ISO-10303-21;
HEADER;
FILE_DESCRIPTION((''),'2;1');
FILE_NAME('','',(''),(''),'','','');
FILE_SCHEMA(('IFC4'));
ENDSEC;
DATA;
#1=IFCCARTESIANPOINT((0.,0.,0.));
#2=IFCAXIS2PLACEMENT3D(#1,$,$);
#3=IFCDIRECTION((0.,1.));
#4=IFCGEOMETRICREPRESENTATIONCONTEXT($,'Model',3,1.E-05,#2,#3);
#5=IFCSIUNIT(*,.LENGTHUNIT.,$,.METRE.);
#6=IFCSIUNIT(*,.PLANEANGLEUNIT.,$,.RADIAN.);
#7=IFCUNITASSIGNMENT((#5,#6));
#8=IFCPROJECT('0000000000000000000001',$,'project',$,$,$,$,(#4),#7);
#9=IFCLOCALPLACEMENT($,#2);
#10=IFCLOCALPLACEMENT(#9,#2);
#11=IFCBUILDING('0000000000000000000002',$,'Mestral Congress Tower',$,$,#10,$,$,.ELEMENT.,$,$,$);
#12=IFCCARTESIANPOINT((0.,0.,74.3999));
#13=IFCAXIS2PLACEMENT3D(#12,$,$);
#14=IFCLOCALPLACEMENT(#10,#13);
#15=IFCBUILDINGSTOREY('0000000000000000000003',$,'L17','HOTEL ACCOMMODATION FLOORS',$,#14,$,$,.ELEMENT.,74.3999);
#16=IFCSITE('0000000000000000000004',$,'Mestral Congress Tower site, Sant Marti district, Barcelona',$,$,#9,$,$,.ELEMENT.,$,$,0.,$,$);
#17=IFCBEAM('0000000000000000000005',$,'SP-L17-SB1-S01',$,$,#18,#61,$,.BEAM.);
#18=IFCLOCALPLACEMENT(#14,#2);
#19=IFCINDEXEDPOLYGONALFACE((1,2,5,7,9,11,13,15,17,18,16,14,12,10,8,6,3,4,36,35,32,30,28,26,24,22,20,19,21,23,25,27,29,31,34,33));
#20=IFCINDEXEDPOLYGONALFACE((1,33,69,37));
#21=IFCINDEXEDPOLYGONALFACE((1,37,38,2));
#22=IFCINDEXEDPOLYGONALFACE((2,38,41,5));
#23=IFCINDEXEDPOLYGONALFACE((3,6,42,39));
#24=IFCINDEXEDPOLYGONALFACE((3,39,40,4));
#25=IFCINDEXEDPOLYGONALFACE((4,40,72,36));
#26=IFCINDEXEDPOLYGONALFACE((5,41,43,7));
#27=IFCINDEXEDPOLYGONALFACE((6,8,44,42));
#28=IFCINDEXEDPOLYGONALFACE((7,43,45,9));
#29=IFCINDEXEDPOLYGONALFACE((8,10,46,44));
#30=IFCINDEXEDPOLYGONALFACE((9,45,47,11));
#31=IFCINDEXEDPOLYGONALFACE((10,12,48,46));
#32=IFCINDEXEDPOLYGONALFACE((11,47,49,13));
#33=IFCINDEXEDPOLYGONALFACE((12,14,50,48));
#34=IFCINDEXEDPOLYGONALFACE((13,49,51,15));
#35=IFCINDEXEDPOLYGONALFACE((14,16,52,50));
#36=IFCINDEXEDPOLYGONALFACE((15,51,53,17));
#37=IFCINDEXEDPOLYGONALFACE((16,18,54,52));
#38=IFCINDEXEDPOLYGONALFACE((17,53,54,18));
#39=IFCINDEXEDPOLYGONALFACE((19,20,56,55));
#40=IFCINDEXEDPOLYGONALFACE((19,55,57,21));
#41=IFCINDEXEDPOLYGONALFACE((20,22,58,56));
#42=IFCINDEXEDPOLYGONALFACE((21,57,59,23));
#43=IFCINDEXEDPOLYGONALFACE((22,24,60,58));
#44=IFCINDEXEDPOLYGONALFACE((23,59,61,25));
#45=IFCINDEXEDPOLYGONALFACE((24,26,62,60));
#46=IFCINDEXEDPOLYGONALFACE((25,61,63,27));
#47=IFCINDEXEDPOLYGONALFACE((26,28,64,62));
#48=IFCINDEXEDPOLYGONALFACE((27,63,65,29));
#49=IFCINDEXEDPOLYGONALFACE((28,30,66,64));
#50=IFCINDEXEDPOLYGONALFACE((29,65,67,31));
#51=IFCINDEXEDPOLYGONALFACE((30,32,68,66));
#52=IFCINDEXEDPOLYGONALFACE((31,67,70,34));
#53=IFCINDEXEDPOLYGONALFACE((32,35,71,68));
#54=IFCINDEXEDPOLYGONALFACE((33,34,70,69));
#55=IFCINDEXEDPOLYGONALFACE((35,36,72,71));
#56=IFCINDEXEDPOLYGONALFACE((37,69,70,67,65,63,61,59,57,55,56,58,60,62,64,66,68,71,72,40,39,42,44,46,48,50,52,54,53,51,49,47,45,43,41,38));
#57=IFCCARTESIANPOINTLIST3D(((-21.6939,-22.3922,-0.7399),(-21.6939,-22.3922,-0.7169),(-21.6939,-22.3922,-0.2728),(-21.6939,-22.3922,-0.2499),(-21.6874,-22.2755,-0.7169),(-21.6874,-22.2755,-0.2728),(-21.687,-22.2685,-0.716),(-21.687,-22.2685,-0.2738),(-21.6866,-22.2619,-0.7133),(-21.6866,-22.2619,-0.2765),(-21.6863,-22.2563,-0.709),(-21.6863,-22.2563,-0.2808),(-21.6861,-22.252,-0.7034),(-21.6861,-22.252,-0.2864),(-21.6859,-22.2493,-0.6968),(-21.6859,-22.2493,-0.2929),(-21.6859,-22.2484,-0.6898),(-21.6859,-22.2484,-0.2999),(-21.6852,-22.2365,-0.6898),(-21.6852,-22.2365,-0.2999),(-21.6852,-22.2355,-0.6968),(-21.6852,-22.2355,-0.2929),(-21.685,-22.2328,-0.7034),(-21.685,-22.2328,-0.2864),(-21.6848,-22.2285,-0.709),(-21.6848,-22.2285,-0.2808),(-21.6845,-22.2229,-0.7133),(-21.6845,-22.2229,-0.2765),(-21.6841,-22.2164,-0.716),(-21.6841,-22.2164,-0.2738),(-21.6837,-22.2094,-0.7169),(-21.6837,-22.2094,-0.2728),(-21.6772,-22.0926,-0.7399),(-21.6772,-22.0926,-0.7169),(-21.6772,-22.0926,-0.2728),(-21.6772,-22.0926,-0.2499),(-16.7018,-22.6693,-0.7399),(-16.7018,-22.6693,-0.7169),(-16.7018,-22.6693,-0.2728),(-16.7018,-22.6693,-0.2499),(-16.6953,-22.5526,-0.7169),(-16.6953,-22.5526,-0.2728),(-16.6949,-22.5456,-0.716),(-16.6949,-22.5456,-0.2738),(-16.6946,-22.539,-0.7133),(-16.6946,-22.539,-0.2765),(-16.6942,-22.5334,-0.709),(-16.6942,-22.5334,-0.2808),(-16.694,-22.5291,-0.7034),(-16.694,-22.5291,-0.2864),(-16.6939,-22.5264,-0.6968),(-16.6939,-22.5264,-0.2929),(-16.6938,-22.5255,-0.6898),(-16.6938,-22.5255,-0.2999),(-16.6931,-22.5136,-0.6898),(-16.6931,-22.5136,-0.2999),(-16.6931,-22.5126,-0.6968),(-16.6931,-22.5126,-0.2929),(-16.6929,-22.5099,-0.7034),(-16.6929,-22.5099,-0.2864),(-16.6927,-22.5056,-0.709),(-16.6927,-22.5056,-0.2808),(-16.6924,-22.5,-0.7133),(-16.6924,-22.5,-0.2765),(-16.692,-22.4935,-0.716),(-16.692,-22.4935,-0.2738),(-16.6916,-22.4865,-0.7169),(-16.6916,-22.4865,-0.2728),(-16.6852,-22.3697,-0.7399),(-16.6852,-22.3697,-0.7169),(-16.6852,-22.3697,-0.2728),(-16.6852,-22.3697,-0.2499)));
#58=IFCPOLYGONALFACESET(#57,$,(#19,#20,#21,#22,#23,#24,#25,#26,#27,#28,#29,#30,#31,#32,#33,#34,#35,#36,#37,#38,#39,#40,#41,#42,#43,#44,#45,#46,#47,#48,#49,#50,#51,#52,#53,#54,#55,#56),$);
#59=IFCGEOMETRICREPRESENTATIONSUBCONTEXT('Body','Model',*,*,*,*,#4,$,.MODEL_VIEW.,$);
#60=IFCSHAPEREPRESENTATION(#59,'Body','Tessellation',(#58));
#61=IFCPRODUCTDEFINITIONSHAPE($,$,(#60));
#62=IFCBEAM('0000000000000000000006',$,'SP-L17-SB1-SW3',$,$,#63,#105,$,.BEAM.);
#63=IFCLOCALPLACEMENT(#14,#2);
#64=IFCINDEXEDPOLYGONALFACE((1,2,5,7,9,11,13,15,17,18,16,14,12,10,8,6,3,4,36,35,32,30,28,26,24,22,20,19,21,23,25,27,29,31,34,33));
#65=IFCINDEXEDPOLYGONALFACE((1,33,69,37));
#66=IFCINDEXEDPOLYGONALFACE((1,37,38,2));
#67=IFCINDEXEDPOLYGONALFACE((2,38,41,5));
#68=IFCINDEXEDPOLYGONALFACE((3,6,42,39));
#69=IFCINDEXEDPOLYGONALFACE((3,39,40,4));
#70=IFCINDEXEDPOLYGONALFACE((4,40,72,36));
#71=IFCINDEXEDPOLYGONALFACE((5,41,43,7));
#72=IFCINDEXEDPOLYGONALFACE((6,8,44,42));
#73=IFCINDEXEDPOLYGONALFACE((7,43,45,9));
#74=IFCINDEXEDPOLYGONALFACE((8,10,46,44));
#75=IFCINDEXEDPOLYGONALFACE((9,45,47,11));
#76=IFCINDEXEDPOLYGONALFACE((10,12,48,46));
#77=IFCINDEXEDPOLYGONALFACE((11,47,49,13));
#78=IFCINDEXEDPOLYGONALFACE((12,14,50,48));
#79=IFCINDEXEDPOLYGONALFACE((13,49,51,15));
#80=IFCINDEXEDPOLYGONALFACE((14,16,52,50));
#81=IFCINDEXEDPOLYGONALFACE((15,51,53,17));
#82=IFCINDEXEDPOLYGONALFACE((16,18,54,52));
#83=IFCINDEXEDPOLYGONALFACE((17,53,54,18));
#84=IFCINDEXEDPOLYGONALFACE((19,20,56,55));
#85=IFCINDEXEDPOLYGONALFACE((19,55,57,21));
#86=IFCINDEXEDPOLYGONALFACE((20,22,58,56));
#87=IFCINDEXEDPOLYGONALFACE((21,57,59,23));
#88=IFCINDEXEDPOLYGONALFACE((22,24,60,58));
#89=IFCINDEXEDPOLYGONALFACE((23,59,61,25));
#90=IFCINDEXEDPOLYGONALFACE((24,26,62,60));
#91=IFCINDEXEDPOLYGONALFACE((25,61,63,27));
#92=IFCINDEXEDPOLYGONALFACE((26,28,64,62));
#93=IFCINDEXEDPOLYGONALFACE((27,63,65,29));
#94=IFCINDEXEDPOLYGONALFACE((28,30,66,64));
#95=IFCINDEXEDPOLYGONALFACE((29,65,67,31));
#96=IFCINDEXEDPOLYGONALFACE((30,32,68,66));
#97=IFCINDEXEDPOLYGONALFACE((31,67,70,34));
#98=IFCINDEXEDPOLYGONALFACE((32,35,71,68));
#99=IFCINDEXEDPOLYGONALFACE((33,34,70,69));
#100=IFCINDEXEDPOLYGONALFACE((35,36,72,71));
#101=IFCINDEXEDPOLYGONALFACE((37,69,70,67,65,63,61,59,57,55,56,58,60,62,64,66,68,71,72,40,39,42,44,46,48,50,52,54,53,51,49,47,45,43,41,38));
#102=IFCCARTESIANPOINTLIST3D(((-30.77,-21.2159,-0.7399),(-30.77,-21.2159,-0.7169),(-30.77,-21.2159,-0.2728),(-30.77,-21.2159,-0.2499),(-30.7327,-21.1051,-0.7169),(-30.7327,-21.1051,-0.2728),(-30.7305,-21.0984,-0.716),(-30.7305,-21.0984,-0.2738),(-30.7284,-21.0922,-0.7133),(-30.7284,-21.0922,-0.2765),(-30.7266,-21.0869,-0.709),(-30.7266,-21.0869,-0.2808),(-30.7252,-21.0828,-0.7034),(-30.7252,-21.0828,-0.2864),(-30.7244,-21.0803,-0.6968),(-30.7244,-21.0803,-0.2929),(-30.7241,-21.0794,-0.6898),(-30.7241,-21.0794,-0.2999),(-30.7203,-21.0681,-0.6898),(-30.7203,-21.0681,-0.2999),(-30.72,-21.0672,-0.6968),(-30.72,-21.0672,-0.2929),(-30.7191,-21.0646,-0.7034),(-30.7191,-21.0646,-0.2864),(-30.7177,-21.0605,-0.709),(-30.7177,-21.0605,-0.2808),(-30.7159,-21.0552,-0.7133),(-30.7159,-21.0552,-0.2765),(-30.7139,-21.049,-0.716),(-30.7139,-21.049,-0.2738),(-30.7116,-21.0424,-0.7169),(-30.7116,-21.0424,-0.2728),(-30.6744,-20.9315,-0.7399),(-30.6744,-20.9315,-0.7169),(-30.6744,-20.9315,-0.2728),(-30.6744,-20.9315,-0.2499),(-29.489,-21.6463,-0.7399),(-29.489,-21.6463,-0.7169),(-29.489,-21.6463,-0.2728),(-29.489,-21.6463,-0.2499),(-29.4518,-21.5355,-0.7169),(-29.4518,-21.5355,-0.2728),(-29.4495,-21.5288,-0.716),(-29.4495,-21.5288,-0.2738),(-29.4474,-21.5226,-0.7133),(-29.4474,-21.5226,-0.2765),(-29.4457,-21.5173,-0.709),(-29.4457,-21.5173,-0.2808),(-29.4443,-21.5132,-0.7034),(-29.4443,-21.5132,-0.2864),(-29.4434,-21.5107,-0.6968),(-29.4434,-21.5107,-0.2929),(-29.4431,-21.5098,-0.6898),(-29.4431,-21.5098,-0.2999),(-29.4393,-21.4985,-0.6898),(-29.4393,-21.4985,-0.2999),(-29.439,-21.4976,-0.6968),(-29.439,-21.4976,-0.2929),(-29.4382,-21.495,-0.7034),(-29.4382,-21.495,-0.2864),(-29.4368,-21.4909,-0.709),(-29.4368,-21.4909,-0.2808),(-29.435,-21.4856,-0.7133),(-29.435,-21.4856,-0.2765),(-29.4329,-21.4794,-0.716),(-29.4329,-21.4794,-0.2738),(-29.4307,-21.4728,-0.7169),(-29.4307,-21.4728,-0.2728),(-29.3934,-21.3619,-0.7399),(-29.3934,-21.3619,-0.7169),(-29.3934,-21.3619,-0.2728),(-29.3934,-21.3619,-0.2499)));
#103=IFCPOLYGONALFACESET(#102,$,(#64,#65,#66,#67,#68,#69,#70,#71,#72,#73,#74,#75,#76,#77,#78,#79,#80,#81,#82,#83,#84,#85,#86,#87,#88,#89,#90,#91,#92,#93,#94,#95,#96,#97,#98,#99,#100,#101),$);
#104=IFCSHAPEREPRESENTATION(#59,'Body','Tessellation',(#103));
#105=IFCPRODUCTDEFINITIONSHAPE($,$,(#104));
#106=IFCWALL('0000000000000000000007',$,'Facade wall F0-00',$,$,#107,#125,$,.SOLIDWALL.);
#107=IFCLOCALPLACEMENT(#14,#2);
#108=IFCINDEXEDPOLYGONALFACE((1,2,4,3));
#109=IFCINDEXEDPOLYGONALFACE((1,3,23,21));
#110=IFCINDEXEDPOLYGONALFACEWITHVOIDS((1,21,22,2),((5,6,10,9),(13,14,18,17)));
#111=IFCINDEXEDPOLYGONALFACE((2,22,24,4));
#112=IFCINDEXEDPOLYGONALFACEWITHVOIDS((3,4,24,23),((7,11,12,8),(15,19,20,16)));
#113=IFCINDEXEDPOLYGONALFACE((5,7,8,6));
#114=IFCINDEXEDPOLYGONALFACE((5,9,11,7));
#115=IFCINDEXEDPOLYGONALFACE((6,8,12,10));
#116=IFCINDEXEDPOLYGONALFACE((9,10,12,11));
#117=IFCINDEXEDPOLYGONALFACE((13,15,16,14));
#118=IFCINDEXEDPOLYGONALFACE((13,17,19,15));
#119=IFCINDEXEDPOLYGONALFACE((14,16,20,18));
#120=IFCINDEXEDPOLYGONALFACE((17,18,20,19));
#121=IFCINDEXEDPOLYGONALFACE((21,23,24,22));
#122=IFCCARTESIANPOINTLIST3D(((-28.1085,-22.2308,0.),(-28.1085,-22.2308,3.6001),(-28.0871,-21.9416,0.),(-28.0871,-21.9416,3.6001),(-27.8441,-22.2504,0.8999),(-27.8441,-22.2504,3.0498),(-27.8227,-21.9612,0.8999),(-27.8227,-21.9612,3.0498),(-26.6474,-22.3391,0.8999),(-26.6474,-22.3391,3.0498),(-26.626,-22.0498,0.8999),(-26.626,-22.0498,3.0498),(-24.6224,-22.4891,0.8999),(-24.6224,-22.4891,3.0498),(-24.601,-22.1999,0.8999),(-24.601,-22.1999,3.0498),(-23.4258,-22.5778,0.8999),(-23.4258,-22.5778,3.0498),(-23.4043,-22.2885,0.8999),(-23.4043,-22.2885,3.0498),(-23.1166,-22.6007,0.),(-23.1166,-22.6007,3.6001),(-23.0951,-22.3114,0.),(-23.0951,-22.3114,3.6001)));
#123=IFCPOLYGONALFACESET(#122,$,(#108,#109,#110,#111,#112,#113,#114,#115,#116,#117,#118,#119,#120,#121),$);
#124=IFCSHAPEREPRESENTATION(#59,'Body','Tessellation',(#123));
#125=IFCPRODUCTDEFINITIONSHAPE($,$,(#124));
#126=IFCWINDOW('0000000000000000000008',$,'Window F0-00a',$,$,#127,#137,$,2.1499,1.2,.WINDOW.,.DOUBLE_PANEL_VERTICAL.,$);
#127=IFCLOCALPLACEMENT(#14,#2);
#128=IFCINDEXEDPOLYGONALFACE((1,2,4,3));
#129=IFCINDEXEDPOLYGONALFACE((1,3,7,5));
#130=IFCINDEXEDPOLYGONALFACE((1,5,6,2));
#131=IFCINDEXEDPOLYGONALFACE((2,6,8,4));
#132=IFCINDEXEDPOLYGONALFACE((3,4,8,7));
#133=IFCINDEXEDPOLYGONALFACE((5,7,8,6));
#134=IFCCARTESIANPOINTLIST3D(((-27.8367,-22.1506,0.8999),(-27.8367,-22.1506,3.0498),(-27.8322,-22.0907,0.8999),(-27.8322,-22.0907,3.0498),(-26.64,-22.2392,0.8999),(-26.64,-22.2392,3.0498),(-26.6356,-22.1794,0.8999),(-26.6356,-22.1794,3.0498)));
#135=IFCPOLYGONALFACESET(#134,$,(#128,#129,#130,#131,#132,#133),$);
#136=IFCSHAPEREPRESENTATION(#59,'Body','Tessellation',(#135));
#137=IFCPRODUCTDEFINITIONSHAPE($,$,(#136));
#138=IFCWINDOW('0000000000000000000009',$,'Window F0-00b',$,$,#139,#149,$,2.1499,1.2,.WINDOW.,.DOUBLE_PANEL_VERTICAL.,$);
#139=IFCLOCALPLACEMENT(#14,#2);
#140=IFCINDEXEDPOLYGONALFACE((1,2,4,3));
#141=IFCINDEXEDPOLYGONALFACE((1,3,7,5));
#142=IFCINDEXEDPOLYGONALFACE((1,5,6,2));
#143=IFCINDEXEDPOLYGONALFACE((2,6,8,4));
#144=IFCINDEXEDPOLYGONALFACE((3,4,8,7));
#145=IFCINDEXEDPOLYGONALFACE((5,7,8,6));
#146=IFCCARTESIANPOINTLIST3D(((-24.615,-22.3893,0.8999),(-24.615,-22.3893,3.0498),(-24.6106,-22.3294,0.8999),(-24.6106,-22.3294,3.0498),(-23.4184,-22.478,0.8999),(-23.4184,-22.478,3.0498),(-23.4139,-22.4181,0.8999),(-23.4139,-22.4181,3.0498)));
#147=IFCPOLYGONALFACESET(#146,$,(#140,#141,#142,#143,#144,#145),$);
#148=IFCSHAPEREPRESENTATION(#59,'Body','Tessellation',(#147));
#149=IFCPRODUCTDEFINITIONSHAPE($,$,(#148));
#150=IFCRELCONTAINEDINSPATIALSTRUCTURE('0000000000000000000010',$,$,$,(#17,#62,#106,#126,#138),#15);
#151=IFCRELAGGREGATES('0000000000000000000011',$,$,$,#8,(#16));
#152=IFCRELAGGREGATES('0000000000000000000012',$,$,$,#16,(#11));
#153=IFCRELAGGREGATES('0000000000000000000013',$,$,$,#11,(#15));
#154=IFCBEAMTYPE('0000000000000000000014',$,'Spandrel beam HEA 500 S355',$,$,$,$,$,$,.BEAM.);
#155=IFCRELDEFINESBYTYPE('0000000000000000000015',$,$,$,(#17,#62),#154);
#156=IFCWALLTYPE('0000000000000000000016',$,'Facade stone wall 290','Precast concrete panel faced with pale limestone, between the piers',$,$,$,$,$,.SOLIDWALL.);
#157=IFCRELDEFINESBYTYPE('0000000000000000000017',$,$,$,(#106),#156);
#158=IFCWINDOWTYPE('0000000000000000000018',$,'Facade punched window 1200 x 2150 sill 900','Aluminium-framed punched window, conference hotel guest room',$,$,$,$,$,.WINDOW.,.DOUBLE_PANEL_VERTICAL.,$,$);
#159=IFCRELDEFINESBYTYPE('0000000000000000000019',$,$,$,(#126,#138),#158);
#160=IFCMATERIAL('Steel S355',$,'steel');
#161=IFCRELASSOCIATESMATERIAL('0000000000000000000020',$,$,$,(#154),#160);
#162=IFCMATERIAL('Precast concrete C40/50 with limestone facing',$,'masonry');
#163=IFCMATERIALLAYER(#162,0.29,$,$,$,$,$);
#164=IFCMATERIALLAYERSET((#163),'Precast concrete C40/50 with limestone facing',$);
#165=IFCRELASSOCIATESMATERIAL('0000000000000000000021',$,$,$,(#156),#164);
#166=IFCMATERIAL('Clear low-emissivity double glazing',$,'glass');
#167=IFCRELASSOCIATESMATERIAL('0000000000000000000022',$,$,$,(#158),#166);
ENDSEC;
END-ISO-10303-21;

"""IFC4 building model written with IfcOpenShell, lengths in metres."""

from ifc_helpers import new_model, si_unit, direction, frame, frame_2d, origin, origin_2d, place, context, subcontext, project, spatial, rectangle, i_section, extrude, material, layer, layer_set, material_profile, profile_set, type_object, element, fill, save


model = new_model("IFC4")

# Units and contexts
model_context = context("Model", 3, precision=1e-05, world=origin(), true_north=direction((0.0, 1.0)))
body_context = subcontext(model_context, "Body", "Model", "MODEL_VIEW")
ifc_project = project(units=[si_unit("LENGTHUNIT", "METRE"), si_unit("PLANEANGLEUNIT", "RADIAN")], contexts=[model_context])

# Site, building, storey
site_placement = place(None, origin())
site = spatial("IfcSite", under=ifc_project, at=site_placement, Name="Mestral Congress Tower site, Sant Marti district, Barcelona", CompositionType="ELEMENT", RefElevation=0.0)
building_placement = place(site_placement, origin())
building = spatial("IfcBuilding", under=site, at=building_placement, Name="Mestral Congress Tower", CompositionType="ELEMENT")
storey_placement = place(building_placement, frame((0.0, 0.0, 74.3999)))
storey = spatial("IfcBuildingStorey", under=building, at=storey_placement, Name="L17", Description="HOTEL ACCOMMODATION FLOORS", CompositionType="ELEMENT", Elevation=74.3999)

# Beams
ifc_material_1 = material(Name="Steel S355", Category="steel")
ifc_material_profile_1 = material_profile(ifc_material_1, i_section(OverallWidth=0.3, OverallDepth=0.49, WebThickness=0.012, FlangeThickness=0.0229, FilletRadius=0.0271, at=origin_2d()), Name="HEA 500")
ifc_profile_set_1 = profile_set([ifc_material_profile_1], Name="Steel S355")
beam_type_1 = type_object("IfcBeamType", Name="Spandrel beam HEA 500 S355", PredefinedType="BEAM", material=ifc_profile_set_1)
beam_1_placement = place(storey_placement, frame((-21.6855, -22.2424, -0.4949), z_axis=(0.998463, -0.055421, 0.0), x_axis=(0.055421, 0.998463, 0.0)))
element("IfcBeam", 1, at=beam_1_placement, inside=storey, type_object=beam_type_1, Name="SP-L17-SB1-S01", PredefinedType="BEAM", context=body_context, shape_type="SweptSolid", body=[
    extrude(i_section(OverallWidth=0.3, OverallDepth=0.49, WebThickness=0.012, FlangeThickness=0.0229, FilletRadius=0.0271, at=origin_2d()), origin(), (0.0, 0.0, 1.0), 4.9998),
])
beam_2_placement = place(storey_placement, frame((-30.7222, -21.0737, -0.4949), z_axis=(0.947922, -0.318503, 0.0), x_axis=(0.318503, 0.947922, 0.0)))
element("IfcBeam", 2, at=beam_2_placement, inside=storey, type_object=beam_type_1, Name="SP-L17-SB1-SW3", PredefinedType="BEAM", context=body_context, shape_type="SweptSolid", body=[
    extrude(i_section(OverallWidth=0.3, OverallDepth=0.49, WebThickness=0.012, FlangeThickness=0.0229, FilletRadius=0.0271, at=origin_2d()), origin(), (0.0, 0.0, 1.0), 1.3513),
])

# Wall, openings, windows
ifc_material_2 = material(Name="Precast concrete C40/50 with limestone facing", Category="masonry")
ifc_layer_1 = layer(ifc_material_2, 0.29)
ifc_layer_set_1 = layer_set([ifc_layer_1], Name="Precast concrete C40/50 with limestone facing")
wall_type_1 = type_object("IfcWallType", Name="Facade stone wall 290", Description="Precast concrete panel faced with pale limestone, between the piers", PredefinedType="SOLIDWALL", material=ifc_layer_set_1)
wall_1_placement = place(storey_placement, frame((-28.0979, -22.0862, 0.0), z_axis=(0.0, 0.0, 1.0), x_axis=(0.997266, -0.073891, 0.0)))
wall_1 = element("IfcWall", 3, at=wall_1_placement, inside=storey, type_object=wall_type_1, Name="Facade wall F0-00", PredefinedType="SOLIDWALL", context=body_context, shape_type="SweptSolid", body=[
    extrude(rectangle(XDim=5.0056, YDim=0.29, at=frame_2d((2.5029, 0.0))), origin(), (0.0, 0.0, 1.0), 3.6001),
])
opening_1_placement = place(wall_1_placement, frame((0.2651, 0.0, 0.8999)))
opening_1 = element("IfcOpeningElement", 4, at=opening_1_placement, cuts=wall_1, PredefinedType="OPENING", context=body_context, shape_type="SweptSolid", body=[
    extrude(rectangle(XDim=1.2, YDim=2.1499, at=frame_2d((0.6001, 1.075))), frame((0.0, 0.155, 0.0), z_axis=(0.0, -1.0, 0.0), x_axis=(1.0, 0.0, 0.0)), (0.0, 0.0, 1.0), 0.3101),
])
opening_2_placement = place(wall_1_placement, frame((3.4956, 0.0, 0.8999)))
opening_2 = element("IfcOpeningElement", 5, at=opening_2_placement, cuts=wall_1, PredefinedType="OPENING", context=body_context, shape_type="SweptSolid", body=[
    extrude(rectangle(XDim=1.2, YDim=2.1499, at=frame_2d((0.6001, 1.075))), frame((0.0, 0.155, 0.0), z_axis=(0.0, -1.0, 0.0), x_axis=(1.0, 0.0, 0.0)), (0.0, 0.0, 1.0), 0.3101),
])
ifc_material_3 = material(Name="Clear low-emissivity double glazing", Category="glass")
window_type_1 = type_object("IfcWindowType", Name="Facade punched window 1200 x 2150 sill 900", Description="Aluminium-framed punched window, conference hotel guest room", PartitioningType="DOUBLE_PANEL_VERTICAL", PredefinedType="WINDOW", material=ifc_material_3)
window_1_placement = place(opening_1_placement, origin())
window_1 = element("IfcWindow", 6, at=window_1_placement, inside=storey, type_object=window_type_1, Name="Window F0-00a", OverallHeight=2.1499, OverallWidth=1.2, PartitioningType="DOUBLE_PANEL_VERTICAL", PredefinedType="WINDOW", context=body_context, shape_type="SweptSolid", body=[
    extrude(rectangle(XDim=1.2, YDim=2.1499, at=frame_2d((0.6001, 1.075))), frame((0.0, 0.0151, 0.0), z_axis=(0.0, -1.0, 0.0), x_axis=(1.0, 0.0, 0.0)), (0.0, 0.0, 1.0), 0.0601),
])
fill(opening_1, window_1)
window_2_placement = place(opening_2_placement, origin())
window_2 = element("IfcWindow", 7, at=window_2_placement, inside=storey, type_object=window_type_1, Name="Window F0-00b", OverallHeight=2.1499, OverallWidth=1.2, PartitioningType="DOUBLE_PANEL_VERTICAL", PredefinedType="WINDOW", context=body_context, shape_type="SweptSolid", body=[
    extrude(rectangle(XDim=1.2, YDim=2.1499, at=frame_2d((0.6001, 1.075))), frame((0.0, 0.0151, 0.0), z_axis=(0.0, -1.0, 0.0), x_axis=(1.0, 0.0, 0.0)), (0.0, 0.0, 1.0), 0.0601),
])
fill(opening_2, window_2)

save(model, "model.ifc")
